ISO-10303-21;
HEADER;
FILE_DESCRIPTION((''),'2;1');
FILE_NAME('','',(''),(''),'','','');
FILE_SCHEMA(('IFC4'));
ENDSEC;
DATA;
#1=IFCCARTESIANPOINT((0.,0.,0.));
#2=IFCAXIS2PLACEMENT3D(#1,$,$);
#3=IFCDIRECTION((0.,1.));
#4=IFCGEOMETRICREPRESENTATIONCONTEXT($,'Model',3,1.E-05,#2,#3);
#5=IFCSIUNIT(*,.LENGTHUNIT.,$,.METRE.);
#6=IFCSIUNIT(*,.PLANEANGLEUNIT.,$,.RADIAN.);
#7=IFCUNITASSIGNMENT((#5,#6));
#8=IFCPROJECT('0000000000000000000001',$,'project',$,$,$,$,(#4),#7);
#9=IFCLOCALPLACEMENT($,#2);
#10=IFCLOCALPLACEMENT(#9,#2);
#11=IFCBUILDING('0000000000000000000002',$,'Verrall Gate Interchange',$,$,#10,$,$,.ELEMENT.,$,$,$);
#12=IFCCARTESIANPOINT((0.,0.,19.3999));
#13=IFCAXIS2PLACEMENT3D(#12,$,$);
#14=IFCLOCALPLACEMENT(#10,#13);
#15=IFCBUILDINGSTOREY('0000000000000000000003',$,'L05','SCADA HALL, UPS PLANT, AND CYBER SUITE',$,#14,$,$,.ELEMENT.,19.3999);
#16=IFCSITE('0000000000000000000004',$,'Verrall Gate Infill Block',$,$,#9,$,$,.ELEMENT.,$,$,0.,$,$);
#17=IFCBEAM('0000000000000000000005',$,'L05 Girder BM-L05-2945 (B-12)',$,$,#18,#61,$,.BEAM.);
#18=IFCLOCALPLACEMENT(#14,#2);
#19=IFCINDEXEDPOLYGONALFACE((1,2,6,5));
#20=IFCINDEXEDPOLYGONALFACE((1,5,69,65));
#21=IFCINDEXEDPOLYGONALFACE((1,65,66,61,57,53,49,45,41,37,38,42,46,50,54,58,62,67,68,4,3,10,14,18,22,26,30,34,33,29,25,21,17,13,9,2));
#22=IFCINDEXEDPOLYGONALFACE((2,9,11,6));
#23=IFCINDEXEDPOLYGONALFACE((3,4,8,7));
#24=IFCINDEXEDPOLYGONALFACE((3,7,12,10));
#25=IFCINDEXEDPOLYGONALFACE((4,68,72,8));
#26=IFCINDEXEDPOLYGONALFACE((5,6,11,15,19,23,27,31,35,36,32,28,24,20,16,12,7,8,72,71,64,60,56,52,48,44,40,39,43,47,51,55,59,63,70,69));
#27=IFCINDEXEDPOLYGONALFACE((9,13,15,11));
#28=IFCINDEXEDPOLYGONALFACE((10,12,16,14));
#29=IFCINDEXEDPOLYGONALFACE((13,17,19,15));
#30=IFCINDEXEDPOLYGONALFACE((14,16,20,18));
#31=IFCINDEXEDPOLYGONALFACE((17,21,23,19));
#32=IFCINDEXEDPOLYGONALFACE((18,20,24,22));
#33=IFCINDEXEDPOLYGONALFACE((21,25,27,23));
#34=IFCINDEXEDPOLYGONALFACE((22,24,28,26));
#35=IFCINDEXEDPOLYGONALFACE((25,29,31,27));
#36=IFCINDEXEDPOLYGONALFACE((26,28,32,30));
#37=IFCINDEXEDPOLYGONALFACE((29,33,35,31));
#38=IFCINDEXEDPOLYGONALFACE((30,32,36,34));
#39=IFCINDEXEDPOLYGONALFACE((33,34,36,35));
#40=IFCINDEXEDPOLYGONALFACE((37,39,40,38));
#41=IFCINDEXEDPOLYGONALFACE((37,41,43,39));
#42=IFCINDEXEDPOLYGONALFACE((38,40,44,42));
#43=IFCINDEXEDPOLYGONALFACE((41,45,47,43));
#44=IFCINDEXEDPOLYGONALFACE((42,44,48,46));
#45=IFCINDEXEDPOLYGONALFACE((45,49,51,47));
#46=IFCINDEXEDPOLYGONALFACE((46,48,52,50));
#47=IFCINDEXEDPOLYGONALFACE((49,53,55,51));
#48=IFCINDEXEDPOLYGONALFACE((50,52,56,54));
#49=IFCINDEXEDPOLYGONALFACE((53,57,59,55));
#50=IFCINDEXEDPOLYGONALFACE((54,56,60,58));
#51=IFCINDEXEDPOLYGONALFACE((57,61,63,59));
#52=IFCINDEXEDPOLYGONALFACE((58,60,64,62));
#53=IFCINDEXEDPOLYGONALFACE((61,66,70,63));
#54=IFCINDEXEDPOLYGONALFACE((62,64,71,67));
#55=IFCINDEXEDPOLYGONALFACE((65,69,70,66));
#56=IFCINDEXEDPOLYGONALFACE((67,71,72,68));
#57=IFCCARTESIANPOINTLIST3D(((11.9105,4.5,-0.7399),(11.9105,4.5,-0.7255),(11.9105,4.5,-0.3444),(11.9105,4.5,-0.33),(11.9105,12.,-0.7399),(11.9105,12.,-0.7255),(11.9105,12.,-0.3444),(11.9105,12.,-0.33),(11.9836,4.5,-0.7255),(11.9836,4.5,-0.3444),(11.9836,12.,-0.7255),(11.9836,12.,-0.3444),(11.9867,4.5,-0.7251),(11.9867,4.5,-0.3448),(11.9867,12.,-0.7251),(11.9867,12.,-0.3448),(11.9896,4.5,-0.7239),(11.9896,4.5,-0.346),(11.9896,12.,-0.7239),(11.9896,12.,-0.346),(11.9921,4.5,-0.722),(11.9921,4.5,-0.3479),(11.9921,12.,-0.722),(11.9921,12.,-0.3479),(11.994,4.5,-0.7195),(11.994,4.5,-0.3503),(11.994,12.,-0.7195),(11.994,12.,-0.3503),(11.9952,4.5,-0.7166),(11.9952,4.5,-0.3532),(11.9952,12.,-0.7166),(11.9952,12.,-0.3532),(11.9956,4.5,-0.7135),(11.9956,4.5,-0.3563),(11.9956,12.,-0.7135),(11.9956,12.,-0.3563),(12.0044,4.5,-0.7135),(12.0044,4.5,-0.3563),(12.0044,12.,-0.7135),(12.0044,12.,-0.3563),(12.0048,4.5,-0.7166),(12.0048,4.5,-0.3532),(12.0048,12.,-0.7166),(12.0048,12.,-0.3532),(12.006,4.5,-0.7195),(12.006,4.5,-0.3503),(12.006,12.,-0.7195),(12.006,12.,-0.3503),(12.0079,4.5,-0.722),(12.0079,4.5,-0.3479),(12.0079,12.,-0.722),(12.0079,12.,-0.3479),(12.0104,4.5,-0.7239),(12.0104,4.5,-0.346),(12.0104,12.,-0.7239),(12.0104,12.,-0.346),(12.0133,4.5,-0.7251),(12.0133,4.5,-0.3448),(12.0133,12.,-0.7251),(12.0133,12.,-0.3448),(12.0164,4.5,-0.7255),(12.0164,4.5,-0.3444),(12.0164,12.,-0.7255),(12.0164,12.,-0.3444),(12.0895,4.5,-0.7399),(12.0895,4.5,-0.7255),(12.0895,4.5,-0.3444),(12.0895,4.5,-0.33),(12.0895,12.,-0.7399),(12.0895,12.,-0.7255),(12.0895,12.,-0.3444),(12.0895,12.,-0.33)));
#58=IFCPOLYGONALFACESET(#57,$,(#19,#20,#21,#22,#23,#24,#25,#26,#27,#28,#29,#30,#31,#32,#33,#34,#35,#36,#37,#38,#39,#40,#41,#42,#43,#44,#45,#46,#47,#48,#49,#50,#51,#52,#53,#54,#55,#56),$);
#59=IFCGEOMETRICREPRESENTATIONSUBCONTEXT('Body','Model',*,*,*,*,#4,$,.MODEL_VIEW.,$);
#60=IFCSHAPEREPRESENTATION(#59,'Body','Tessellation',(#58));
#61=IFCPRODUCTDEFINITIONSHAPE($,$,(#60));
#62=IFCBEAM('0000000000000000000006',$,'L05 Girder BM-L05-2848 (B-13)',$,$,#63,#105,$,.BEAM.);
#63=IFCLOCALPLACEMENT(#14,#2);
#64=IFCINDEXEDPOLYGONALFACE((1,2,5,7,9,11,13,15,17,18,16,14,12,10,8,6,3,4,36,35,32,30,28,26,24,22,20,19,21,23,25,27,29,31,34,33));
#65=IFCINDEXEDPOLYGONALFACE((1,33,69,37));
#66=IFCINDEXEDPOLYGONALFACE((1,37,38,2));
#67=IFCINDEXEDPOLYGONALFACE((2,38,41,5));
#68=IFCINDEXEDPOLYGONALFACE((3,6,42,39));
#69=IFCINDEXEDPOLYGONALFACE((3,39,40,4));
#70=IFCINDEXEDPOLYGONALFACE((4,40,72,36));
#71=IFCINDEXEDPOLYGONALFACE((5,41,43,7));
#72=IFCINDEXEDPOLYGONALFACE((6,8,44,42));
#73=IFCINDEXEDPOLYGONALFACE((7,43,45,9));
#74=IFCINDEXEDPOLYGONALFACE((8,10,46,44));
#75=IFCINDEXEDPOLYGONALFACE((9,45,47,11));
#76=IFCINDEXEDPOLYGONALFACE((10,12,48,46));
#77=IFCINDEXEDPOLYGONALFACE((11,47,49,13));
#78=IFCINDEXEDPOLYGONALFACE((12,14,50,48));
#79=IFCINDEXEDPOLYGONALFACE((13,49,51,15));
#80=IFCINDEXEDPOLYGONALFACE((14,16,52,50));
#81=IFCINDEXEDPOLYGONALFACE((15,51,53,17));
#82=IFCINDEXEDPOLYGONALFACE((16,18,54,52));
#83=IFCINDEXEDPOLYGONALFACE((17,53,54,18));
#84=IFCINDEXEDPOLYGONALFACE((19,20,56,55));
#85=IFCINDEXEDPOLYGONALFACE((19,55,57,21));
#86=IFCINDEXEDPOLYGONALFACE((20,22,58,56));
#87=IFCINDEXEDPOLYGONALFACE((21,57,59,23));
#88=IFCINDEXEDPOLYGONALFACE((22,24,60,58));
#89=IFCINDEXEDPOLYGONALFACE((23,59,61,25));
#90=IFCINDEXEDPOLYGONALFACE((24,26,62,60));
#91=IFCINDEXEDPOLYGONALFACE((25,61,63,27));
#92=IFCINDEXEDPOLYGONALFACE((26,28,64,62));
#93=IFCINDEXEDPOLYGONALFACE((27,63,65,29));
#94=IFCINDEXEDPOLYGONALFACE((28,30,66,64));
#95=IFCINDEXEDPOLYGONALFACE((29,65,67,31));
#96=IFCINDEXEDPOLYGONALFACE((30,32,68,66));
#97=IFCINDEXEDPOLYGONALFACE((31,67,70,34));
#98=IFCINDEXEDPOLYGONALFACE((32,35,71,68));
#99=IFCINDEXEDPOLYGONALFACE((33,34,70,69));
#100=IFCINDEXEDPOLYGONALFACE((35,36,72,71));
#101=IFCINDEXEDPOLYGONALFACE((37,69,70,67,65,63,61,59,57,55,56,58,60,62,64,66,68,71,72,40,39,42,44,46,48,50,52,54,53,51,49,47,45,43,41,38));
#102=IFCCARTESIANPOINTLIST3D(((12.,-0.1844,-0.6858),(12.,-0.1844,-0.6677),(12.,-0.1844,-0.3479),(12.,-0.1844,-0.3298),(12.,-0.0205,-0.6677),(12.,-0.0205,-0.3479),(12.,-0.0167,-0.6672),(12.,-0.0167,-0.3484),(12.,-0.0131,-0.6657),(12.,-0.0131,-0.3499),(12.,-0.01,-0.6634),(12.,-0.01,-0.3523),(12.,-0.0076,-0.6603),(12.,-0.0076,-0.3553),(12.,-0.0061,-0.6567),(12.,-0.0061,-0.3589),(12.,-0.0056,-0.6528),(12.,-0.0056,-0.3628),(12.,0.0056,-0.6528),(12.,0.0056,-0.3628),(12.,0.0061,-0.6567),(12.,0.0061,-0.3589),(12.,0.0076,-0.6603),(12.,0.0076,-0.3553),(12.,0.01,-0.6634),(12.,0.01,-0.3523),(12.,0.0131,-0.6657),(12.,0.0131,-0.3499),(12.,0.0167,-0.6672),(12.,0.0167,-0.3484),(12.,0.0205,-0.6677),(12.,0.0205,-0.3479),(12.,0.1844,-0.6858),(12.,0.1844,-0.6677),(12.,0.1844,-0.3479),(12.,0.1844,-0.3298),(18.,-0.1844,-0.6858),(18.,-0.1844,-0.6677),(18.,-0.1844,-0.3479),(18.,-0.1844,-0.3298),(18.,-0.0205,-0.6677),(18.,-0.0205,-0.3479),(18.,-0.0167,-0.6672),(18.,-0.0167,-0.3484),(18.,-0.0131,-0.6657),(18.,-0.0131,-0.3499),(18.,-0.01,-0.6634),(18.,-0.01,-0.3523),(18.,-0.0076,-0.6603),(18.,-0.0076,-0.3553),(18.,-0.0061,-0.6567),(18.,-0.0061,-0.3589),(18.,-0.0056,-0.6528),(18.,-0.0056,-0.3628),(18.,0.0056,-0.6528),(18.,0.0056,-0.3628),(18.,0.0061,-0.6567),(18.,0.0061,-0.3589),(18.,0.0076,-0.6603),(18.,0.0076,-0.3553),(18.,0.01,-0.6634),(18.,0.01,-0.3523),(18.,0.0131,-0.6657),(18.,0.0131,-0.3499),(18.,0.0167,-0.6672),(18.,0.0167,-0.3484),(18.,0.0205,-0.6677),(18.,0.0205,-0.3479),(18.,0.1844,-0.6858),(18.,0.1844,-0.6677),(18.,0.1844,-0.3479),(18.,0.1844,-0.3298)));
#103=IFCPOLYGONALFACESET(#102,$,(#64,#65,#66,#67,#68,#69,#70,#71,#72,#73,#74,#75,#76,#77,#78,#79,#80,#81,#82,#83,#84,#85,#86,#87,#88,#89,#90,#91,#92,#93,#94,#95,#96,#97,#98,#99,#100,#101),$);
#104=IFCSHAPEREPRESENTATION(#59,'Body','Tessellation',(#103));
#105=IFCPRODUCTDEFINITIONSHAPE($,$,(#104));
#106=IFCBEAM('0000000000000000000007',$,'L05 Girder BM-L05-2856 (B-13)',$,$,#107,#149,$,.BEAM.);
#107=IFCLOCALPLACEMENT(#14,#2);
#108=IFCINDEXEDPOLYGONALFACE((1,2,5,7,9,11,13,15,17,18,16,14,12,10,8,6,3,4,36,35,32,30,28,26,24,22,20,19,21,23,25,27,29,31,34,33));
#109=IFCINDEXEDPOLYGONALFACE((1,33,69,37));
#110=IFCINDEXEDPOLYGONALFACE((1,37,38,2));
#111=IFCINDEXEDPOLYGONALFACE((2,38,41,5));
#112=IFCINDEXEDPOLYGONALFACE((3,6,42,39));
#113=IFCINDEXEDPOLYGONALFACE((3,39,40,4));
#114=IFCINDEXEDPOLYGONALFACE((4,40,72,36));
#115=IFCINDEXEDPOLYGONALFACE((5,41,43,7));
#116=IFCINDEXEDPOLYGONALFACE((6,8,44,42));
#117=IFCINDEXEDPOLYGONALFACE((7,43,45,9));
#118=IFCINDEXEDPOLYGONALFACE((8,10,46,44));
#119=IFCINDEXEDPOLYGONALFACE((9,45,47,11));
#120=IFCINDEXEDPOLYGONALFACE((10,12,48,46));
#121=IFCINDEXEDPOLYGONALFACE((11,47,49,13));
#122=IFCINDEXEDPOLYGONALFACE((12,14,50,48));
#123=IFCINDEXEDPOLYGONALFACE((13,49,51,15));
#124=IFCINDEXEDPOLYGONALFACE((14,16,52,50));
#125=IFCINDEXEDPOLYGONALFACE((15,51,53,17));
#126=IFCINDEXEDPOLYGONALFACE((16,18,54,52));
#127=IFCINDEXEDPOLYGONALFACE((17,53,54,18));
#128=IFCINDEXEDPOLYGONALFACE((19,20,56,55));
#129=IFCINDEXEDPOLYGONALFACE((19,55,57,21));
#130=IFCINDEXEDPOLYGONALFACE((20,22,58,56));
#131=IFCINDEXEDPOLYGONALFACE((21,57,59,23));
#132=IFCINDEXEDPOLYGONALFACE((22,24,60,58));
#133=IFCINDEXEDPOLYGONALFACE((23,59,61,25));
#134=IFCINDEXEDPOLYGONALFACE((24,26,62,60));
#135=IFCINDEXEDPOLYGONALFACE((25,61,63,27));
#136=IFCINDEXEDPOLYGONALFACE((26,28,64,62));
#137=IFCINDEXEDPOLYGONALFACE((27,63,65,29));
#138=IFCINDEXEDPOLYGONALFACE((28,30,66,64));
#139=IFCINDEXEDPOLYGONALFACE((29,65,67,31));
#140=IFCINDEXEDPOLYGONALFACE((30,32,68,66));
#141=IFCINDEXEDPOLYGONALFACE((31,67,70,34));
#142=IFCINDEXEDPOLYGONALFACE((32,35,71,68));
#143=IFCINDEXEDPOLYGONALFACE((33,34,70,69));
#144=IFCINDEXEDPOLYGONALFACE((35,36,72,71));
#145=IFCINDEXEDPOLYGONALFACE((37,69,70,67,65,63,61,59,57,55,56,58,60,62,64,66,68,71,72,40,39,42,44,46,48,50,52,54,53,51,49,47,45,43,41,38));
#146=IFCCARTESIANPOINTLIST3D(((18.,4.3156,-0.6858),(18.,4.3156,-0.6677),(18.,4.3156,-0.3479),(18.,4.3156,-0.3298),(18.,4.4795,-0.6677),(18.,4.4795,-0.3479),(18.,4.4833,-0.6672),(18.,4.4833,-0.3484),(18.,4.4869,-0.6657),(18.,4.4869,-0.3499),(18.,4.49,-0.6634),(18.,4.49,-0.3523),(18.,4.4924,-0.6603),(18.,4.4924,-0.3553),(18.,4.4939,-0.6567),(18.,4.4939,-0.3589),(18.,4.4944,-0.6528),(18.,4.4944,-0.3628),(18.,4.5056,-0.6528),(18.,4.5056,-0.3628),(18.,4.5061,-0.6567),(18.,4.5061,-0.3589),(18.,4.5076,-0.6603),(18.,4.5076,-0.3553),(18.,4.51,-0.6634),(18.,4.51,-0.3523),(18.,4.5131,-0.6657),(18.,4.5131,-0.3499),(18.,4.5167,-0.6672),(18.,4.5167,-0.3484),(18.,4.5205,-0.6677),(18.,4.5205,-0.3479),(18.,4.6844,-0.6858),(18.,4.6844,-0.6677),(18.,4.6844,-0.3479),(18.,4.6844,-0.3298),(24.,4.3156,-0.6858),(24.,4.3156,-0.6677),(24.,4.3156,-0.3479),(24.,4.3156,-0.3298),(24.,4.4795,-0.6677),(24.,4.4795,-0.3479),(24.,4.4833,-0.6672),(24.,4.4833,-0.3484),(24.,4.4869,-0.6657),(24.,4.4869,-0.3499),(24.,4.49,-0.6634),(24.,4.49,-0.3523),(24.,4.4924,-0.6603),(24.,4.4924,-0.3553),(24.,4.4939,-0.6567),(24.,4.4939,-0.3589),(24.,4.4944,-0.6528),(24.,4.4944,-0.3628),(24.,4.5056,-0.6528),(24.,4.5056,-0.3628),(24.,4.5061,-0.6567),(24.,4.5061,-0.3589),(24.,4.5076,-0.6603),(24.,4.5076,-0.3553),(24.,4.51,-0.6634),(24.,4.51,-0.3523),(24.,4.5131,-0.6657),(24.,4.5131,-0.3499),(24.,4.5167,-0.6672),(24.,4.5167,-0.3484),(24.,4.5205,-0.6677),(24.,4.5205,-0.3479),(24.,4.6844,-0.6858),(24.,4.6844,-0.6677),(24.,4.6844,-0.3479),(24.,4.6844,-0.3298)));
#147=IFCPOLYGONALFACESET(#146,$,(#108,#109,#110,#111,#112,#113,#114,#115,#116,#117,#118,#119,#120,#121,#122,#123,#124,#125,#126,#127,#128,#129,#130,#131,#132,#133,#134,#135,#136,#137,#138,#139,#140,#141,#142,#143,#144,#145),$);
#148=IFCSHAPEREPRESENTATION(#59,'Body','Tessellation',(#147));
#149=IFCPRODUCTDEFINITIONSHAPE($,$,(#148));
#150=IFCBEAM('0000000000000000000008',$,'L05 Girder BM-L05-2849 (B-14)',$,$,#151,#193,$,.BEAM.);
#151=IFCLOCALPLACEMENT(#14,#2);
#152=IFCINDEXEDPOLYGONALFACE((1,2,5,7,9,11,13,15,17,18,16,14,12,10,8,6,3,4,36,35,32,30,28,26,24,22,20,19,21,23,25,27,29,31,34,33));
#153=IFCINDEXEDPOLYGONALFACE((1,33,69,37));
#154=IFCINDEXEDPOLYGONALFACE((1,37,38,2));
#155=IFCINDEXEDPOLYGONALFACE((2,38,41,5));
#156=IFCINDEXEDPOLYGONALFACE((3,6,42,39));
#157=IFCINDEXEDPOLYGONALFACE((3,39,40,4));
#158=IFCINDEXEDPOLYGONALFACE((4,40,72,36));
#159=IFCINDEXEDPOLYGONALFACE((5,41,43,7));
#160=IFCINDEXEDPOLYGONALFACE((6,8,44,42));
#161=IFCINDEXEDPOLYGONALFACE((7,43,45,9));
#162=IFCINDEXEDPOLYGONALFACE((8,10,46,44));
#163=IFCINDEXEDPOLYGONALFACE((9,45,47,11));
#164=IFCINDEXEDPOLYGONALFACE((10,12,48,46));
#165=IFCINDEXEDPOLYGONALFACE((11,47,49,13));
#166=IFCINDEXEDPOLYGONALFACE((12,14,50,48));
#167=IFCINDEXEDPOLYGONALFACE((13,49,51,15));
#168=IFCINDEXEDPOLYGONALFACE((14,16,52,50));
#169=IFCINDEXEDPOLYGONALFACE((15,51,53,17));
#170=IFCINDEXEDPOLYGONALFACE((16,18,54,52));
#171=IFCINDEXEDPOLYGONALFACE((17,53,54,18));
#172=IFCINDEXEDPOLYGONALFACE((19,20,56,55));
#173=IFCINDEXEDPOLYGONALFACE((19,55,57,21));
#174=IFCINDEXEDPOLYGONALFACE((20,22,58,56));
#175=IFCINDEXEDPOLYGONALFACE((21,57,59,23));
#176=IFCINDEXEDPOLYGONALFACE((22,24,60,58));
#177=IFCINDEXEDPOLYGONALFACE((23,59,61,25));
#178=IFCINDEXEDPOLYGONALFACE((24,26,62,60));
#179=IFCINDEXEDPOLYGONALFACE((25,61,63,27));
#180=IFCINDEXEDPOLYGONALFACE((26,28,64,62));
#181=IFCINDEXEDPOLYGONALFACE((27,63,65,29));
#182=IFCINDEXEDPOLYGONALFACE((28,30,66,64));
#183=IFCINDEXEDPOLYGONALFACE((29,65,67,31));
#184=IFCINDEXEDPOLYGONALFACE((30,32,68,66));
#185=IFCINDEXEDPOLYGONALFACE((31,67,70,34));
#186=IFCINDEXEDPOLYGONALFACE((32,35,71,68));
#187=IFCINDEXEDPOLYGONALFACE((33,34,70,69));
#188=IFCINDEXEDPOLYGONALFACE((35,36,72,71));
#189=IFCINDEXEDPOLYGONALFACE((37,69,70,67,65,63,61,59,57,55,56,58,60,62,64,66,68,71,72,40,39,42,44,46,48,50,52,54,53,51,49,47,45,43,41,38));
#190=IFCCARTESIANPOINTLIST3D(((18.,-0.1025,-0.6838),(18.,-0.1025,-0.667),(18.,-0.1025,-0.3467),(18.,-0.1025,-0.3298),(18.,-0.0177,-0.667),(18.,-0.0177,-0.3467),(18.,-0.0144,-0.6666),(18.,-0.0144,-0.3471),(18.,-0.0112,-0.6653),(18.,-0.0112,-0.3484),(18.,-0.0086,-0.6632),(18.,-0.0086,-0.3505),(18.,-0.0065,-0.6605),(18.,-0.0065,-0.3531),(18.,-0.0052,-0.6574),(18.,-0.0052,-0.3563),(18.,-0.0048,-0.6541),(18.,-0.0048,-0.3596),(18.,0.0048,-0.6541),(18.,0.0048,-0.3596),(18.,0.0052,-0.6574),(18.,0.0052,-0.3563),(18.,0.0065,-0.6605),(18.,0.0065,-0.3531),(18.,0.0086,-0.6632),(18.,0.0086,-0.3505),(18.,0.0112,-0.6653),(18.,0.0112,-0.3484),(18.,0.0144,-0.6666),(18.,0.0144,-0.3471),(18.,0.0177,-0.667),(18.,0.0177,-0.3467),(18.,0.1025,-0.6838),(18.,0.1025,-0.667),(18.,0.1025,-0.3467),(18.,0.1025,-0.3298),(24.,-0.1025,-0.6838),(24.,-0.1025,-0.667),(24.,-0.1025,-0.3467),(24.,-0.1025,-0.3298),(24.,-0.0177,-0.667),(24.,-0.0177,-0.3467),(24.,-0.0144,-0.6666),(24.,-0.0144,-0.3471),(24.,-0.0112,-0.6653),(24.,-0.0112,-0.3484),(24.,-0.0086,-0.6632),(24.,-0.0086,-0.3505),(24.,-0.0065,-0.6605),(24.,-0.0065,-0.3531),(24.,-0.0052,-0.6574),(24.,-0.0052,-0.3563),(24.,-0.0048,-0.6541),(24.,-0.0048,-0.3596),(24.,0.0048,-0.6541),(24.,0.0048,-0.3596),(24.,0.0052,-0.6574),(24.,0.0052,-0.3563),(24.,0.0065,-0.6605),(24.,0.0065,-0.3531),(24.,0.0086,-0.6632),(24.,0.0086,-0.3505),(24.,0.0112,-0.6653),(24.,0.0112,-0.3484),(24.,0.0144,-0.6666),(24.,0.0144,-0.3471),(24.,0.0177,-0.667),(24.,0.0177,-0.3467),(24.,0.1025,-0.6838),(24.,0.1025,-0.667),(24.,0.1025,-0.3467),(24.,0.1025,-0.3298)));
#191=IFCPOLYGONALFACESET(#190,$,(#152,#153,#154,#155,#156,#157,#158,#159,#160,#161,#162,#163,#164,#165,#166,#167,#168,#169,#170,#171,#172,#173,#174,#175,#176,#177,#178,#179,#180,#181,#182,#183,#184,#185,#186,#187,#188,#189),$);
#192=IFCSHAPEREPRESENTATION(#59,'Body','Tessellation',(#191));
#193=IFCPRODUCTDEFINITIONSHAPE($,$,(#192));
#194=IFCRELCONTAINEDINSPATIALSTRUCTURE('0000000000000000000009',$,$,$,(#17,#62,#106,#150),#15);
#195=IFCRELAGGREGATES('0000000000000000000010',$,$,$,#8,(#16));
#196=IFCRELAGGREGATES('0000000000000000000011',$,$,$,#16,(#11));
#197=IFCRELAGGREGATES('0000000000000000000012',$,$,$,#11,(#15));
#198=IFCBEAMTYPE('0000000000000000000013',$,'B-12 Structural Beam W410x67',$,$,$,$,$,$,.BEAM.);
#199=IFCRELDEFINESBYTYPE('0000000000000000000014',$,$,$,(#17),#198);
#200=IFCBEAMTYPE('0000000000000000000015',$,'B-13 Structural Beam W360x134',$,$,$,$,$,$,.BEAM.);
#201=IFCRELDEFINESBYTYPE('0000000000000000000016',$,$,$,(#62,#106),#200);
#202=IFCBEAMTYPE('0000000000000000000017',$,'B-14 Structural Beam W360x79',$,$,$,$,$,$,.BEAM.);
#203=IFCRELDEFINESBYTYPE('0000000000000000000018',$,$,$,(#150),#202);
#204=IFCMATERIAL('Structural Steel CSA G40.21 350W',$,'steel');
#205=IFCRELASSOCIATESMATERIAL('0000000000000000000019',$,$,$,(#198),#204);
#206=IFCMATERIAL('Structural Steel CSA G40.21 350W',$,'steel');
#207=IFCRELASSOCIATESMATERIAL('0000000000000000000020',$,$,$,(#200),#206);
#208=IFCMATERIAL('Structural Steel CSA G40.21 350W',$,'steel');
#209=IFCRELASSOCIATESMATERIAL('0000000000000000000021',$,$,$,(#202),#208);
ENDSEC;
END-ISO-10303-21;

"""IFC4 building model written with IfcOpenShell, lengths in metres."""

from ifc_helpers import new_model, si_unit, direction, frame, origin, origin_2d, place, context, subcontext, project, spatial, i_section, extrude, material, material_profile, profile_set, type_object, element, save


model = new_model("IFC4")

# Units and contexts
model_context = context("Model", 3, precision=1e-05, world=origin(), true_north=direction((0.0, 1.0)))
body_context = subcontext(model_context, "Body", "Model", "MODEL_VIEW")
ifc_project = project(units=[si_unit("LENGTHUNIT", "METRE"), si_unit("PLANEANGLEUNIT", "RADIAN")], contexts=[model_context])

# Site, building, storey
site_placement = place(None, origin())
site = spatial("IfcSite", under=ifc_project, at=site_placement, Name="Verrall Gate Infill Block", CompositionType="ELEMENT", RefElevation=0.0)
building_placement = place(site_placement, origin())
building = spatial("IfcBuilding", under=site, at=building_placement, Name="Verrall Gate Interchange", CompositionType="ELEMENT")
storey_placement = place(building_placement, frame((0.0, 0.0, 19.3999)))
storey = spatial("IfcBuildingStorey", under=building, at=storey_placement, Name="L05", Description="SCADA HALL, UPS PLANT, AND CYBER SUITE", CompositionType="ELEMENT", Elevation=19.3999)

# Beams
ifc_material_1 = material(Name="Structural Steel CSA G40.21 350W", Category="steel")
ifc_material_profile_1 = material_profile(ifc_material_1, i_section(OverallWidth=0.179, OverallDepth=0.4099, WebThickness=0.0088, FlangeThickness=0.0144, FilletRadius=0.012, at=origin_2d()), Name="W410x67")
ifc_profile_set_1 = profile_set([ifc_material_profile_1], Name="Structural Steel CSA G40.21 350W")
beam_type_1 = type_object("IfcBeamType", Name="B-12 Structural Beam W410x67", PredefinedType="BEAM", material=ifc_profile_set_1)
beam_1_placement = place(storey_placement, frame((12.0, 4.5, -0.5349), z_axis=(0.0, 1.0, 0.0), x_axis=(-1.0, 0.0, 0.0)))
element("IfcBeam", 1, at=beam_1_placement, inside=storey, type_object=beam_type_1, Name="L05 Girder BM-L05-2945 (B-12)", PredefinedType="BEAM", context=body_context, shape_type="SweptSolid", body=[
    extrude(i_section(OverallWidth=0.179, OverallDepth=0.4099, WebThickness=0.0088, FlangeThickness=0.0144, FilletRadius=0.012, at=origin_2d()), origin(), (0.0, 0.0, 1.0), 7.5),
])
ifc_material_2 = material(Name="Structural Steel CSA G40.21 350W", Category="steel")
ifc_material_profile_2 = material_profile(ifc_material_2, i_section(OverallWidth=0.3689, OverallDepth=0.356, WebThickness=0.0112, FlangeThickness=0.0181, FilletRadius=0.0149, at=origin_2d()), Name="W360x134")
ifc_profile_set_2 = profile_set([ifc_material_profile_2], Name="Structural Steel CSA G40.21 350W")
beam_type_2 = type_object("IfcBeamType", Name="B-13 Structural Beam W360x134", PredefinedType="BEAM", material=ifc_profile_set_2)
for number, where, z_axis, x_axis, name in (
    (2, (12.0, 0.0, -0.5078), (1.0, 0.0, 0.0), (0.0, 1.0, 0.0), "L05 Girder BM-L05-2848 (B-13)"),
    (3, (18.0, 4.5, -0.5078), (1.0, 0.0, 0.0), (0.0, 1.0, 0.0), "L05 Girder BM-L05-2856 (B-13)"),
):
    element("IfcBeam", number, at=place(storey_placement, frame(where, z_axis=z_axis, x_axis=x_axis)), inside=storey, type_object=beam_type_2, Name=name, PredefinedType="BEAM", context=body_context, shape_type="SweptSolid", body=[
        extrude(i_section(OverallWidth=0.3689, OverallDepth=0.356, WebThickness=0.0112, FlangeThickness=0.0181, FilletRadius=0.0149, at=origin_2d()), origin(), (0.0, 0.0, 1.0), 6.0),
    ])
ifc_material_3 = material(Name="Structural Steel CSA G40.21 350W", Category="steel")
ifc_material_profile_3 = material_profile(ifc_material_3, i_section(OverallWidth=0.2051, OverallDepth=0.354, WebThickness=0.0095, FlangeThickness=0.0168, FilletRadius=0.0129, at=origin_2d()), Name="W360x79")
ifc_profile_set_3 = profile_set([ifc_material_profile_3], Name="Structural Steel CSA G40.21 350W")
beam_type_3 = type_object("IfcBeamType", Name="B-14 Structural Beam W360x79", PredefinedType="BEAM", material=ifc_profile_set_3)
beam_2_placement = place(storey_placement, frame((18.0, 0.0, -0.5068), z_axis=(1.0, 0.0, 0.0), x_axis=(0.0, 1.0, 0.0)))
element("IfcBeam", 4, at=beam_2_placement, inside=storey, type_object=beam_type_3, Name="L05 Girder BM-L05-2849 (B-14)", PredefinedType="BEAM", context=body_context, shape_type="SweptSolid", body=[
    extrude(i_section(OverallWidth=0.2051, OverallDepth=0.354, WebThickness=0.0095, FlangeThickness=0.0168, FilletRadius=0.0129, at=origin_2d()), origin(), (0.0, 0.0, 1.0), 6.0),
])

save(model, "model.ifc")
